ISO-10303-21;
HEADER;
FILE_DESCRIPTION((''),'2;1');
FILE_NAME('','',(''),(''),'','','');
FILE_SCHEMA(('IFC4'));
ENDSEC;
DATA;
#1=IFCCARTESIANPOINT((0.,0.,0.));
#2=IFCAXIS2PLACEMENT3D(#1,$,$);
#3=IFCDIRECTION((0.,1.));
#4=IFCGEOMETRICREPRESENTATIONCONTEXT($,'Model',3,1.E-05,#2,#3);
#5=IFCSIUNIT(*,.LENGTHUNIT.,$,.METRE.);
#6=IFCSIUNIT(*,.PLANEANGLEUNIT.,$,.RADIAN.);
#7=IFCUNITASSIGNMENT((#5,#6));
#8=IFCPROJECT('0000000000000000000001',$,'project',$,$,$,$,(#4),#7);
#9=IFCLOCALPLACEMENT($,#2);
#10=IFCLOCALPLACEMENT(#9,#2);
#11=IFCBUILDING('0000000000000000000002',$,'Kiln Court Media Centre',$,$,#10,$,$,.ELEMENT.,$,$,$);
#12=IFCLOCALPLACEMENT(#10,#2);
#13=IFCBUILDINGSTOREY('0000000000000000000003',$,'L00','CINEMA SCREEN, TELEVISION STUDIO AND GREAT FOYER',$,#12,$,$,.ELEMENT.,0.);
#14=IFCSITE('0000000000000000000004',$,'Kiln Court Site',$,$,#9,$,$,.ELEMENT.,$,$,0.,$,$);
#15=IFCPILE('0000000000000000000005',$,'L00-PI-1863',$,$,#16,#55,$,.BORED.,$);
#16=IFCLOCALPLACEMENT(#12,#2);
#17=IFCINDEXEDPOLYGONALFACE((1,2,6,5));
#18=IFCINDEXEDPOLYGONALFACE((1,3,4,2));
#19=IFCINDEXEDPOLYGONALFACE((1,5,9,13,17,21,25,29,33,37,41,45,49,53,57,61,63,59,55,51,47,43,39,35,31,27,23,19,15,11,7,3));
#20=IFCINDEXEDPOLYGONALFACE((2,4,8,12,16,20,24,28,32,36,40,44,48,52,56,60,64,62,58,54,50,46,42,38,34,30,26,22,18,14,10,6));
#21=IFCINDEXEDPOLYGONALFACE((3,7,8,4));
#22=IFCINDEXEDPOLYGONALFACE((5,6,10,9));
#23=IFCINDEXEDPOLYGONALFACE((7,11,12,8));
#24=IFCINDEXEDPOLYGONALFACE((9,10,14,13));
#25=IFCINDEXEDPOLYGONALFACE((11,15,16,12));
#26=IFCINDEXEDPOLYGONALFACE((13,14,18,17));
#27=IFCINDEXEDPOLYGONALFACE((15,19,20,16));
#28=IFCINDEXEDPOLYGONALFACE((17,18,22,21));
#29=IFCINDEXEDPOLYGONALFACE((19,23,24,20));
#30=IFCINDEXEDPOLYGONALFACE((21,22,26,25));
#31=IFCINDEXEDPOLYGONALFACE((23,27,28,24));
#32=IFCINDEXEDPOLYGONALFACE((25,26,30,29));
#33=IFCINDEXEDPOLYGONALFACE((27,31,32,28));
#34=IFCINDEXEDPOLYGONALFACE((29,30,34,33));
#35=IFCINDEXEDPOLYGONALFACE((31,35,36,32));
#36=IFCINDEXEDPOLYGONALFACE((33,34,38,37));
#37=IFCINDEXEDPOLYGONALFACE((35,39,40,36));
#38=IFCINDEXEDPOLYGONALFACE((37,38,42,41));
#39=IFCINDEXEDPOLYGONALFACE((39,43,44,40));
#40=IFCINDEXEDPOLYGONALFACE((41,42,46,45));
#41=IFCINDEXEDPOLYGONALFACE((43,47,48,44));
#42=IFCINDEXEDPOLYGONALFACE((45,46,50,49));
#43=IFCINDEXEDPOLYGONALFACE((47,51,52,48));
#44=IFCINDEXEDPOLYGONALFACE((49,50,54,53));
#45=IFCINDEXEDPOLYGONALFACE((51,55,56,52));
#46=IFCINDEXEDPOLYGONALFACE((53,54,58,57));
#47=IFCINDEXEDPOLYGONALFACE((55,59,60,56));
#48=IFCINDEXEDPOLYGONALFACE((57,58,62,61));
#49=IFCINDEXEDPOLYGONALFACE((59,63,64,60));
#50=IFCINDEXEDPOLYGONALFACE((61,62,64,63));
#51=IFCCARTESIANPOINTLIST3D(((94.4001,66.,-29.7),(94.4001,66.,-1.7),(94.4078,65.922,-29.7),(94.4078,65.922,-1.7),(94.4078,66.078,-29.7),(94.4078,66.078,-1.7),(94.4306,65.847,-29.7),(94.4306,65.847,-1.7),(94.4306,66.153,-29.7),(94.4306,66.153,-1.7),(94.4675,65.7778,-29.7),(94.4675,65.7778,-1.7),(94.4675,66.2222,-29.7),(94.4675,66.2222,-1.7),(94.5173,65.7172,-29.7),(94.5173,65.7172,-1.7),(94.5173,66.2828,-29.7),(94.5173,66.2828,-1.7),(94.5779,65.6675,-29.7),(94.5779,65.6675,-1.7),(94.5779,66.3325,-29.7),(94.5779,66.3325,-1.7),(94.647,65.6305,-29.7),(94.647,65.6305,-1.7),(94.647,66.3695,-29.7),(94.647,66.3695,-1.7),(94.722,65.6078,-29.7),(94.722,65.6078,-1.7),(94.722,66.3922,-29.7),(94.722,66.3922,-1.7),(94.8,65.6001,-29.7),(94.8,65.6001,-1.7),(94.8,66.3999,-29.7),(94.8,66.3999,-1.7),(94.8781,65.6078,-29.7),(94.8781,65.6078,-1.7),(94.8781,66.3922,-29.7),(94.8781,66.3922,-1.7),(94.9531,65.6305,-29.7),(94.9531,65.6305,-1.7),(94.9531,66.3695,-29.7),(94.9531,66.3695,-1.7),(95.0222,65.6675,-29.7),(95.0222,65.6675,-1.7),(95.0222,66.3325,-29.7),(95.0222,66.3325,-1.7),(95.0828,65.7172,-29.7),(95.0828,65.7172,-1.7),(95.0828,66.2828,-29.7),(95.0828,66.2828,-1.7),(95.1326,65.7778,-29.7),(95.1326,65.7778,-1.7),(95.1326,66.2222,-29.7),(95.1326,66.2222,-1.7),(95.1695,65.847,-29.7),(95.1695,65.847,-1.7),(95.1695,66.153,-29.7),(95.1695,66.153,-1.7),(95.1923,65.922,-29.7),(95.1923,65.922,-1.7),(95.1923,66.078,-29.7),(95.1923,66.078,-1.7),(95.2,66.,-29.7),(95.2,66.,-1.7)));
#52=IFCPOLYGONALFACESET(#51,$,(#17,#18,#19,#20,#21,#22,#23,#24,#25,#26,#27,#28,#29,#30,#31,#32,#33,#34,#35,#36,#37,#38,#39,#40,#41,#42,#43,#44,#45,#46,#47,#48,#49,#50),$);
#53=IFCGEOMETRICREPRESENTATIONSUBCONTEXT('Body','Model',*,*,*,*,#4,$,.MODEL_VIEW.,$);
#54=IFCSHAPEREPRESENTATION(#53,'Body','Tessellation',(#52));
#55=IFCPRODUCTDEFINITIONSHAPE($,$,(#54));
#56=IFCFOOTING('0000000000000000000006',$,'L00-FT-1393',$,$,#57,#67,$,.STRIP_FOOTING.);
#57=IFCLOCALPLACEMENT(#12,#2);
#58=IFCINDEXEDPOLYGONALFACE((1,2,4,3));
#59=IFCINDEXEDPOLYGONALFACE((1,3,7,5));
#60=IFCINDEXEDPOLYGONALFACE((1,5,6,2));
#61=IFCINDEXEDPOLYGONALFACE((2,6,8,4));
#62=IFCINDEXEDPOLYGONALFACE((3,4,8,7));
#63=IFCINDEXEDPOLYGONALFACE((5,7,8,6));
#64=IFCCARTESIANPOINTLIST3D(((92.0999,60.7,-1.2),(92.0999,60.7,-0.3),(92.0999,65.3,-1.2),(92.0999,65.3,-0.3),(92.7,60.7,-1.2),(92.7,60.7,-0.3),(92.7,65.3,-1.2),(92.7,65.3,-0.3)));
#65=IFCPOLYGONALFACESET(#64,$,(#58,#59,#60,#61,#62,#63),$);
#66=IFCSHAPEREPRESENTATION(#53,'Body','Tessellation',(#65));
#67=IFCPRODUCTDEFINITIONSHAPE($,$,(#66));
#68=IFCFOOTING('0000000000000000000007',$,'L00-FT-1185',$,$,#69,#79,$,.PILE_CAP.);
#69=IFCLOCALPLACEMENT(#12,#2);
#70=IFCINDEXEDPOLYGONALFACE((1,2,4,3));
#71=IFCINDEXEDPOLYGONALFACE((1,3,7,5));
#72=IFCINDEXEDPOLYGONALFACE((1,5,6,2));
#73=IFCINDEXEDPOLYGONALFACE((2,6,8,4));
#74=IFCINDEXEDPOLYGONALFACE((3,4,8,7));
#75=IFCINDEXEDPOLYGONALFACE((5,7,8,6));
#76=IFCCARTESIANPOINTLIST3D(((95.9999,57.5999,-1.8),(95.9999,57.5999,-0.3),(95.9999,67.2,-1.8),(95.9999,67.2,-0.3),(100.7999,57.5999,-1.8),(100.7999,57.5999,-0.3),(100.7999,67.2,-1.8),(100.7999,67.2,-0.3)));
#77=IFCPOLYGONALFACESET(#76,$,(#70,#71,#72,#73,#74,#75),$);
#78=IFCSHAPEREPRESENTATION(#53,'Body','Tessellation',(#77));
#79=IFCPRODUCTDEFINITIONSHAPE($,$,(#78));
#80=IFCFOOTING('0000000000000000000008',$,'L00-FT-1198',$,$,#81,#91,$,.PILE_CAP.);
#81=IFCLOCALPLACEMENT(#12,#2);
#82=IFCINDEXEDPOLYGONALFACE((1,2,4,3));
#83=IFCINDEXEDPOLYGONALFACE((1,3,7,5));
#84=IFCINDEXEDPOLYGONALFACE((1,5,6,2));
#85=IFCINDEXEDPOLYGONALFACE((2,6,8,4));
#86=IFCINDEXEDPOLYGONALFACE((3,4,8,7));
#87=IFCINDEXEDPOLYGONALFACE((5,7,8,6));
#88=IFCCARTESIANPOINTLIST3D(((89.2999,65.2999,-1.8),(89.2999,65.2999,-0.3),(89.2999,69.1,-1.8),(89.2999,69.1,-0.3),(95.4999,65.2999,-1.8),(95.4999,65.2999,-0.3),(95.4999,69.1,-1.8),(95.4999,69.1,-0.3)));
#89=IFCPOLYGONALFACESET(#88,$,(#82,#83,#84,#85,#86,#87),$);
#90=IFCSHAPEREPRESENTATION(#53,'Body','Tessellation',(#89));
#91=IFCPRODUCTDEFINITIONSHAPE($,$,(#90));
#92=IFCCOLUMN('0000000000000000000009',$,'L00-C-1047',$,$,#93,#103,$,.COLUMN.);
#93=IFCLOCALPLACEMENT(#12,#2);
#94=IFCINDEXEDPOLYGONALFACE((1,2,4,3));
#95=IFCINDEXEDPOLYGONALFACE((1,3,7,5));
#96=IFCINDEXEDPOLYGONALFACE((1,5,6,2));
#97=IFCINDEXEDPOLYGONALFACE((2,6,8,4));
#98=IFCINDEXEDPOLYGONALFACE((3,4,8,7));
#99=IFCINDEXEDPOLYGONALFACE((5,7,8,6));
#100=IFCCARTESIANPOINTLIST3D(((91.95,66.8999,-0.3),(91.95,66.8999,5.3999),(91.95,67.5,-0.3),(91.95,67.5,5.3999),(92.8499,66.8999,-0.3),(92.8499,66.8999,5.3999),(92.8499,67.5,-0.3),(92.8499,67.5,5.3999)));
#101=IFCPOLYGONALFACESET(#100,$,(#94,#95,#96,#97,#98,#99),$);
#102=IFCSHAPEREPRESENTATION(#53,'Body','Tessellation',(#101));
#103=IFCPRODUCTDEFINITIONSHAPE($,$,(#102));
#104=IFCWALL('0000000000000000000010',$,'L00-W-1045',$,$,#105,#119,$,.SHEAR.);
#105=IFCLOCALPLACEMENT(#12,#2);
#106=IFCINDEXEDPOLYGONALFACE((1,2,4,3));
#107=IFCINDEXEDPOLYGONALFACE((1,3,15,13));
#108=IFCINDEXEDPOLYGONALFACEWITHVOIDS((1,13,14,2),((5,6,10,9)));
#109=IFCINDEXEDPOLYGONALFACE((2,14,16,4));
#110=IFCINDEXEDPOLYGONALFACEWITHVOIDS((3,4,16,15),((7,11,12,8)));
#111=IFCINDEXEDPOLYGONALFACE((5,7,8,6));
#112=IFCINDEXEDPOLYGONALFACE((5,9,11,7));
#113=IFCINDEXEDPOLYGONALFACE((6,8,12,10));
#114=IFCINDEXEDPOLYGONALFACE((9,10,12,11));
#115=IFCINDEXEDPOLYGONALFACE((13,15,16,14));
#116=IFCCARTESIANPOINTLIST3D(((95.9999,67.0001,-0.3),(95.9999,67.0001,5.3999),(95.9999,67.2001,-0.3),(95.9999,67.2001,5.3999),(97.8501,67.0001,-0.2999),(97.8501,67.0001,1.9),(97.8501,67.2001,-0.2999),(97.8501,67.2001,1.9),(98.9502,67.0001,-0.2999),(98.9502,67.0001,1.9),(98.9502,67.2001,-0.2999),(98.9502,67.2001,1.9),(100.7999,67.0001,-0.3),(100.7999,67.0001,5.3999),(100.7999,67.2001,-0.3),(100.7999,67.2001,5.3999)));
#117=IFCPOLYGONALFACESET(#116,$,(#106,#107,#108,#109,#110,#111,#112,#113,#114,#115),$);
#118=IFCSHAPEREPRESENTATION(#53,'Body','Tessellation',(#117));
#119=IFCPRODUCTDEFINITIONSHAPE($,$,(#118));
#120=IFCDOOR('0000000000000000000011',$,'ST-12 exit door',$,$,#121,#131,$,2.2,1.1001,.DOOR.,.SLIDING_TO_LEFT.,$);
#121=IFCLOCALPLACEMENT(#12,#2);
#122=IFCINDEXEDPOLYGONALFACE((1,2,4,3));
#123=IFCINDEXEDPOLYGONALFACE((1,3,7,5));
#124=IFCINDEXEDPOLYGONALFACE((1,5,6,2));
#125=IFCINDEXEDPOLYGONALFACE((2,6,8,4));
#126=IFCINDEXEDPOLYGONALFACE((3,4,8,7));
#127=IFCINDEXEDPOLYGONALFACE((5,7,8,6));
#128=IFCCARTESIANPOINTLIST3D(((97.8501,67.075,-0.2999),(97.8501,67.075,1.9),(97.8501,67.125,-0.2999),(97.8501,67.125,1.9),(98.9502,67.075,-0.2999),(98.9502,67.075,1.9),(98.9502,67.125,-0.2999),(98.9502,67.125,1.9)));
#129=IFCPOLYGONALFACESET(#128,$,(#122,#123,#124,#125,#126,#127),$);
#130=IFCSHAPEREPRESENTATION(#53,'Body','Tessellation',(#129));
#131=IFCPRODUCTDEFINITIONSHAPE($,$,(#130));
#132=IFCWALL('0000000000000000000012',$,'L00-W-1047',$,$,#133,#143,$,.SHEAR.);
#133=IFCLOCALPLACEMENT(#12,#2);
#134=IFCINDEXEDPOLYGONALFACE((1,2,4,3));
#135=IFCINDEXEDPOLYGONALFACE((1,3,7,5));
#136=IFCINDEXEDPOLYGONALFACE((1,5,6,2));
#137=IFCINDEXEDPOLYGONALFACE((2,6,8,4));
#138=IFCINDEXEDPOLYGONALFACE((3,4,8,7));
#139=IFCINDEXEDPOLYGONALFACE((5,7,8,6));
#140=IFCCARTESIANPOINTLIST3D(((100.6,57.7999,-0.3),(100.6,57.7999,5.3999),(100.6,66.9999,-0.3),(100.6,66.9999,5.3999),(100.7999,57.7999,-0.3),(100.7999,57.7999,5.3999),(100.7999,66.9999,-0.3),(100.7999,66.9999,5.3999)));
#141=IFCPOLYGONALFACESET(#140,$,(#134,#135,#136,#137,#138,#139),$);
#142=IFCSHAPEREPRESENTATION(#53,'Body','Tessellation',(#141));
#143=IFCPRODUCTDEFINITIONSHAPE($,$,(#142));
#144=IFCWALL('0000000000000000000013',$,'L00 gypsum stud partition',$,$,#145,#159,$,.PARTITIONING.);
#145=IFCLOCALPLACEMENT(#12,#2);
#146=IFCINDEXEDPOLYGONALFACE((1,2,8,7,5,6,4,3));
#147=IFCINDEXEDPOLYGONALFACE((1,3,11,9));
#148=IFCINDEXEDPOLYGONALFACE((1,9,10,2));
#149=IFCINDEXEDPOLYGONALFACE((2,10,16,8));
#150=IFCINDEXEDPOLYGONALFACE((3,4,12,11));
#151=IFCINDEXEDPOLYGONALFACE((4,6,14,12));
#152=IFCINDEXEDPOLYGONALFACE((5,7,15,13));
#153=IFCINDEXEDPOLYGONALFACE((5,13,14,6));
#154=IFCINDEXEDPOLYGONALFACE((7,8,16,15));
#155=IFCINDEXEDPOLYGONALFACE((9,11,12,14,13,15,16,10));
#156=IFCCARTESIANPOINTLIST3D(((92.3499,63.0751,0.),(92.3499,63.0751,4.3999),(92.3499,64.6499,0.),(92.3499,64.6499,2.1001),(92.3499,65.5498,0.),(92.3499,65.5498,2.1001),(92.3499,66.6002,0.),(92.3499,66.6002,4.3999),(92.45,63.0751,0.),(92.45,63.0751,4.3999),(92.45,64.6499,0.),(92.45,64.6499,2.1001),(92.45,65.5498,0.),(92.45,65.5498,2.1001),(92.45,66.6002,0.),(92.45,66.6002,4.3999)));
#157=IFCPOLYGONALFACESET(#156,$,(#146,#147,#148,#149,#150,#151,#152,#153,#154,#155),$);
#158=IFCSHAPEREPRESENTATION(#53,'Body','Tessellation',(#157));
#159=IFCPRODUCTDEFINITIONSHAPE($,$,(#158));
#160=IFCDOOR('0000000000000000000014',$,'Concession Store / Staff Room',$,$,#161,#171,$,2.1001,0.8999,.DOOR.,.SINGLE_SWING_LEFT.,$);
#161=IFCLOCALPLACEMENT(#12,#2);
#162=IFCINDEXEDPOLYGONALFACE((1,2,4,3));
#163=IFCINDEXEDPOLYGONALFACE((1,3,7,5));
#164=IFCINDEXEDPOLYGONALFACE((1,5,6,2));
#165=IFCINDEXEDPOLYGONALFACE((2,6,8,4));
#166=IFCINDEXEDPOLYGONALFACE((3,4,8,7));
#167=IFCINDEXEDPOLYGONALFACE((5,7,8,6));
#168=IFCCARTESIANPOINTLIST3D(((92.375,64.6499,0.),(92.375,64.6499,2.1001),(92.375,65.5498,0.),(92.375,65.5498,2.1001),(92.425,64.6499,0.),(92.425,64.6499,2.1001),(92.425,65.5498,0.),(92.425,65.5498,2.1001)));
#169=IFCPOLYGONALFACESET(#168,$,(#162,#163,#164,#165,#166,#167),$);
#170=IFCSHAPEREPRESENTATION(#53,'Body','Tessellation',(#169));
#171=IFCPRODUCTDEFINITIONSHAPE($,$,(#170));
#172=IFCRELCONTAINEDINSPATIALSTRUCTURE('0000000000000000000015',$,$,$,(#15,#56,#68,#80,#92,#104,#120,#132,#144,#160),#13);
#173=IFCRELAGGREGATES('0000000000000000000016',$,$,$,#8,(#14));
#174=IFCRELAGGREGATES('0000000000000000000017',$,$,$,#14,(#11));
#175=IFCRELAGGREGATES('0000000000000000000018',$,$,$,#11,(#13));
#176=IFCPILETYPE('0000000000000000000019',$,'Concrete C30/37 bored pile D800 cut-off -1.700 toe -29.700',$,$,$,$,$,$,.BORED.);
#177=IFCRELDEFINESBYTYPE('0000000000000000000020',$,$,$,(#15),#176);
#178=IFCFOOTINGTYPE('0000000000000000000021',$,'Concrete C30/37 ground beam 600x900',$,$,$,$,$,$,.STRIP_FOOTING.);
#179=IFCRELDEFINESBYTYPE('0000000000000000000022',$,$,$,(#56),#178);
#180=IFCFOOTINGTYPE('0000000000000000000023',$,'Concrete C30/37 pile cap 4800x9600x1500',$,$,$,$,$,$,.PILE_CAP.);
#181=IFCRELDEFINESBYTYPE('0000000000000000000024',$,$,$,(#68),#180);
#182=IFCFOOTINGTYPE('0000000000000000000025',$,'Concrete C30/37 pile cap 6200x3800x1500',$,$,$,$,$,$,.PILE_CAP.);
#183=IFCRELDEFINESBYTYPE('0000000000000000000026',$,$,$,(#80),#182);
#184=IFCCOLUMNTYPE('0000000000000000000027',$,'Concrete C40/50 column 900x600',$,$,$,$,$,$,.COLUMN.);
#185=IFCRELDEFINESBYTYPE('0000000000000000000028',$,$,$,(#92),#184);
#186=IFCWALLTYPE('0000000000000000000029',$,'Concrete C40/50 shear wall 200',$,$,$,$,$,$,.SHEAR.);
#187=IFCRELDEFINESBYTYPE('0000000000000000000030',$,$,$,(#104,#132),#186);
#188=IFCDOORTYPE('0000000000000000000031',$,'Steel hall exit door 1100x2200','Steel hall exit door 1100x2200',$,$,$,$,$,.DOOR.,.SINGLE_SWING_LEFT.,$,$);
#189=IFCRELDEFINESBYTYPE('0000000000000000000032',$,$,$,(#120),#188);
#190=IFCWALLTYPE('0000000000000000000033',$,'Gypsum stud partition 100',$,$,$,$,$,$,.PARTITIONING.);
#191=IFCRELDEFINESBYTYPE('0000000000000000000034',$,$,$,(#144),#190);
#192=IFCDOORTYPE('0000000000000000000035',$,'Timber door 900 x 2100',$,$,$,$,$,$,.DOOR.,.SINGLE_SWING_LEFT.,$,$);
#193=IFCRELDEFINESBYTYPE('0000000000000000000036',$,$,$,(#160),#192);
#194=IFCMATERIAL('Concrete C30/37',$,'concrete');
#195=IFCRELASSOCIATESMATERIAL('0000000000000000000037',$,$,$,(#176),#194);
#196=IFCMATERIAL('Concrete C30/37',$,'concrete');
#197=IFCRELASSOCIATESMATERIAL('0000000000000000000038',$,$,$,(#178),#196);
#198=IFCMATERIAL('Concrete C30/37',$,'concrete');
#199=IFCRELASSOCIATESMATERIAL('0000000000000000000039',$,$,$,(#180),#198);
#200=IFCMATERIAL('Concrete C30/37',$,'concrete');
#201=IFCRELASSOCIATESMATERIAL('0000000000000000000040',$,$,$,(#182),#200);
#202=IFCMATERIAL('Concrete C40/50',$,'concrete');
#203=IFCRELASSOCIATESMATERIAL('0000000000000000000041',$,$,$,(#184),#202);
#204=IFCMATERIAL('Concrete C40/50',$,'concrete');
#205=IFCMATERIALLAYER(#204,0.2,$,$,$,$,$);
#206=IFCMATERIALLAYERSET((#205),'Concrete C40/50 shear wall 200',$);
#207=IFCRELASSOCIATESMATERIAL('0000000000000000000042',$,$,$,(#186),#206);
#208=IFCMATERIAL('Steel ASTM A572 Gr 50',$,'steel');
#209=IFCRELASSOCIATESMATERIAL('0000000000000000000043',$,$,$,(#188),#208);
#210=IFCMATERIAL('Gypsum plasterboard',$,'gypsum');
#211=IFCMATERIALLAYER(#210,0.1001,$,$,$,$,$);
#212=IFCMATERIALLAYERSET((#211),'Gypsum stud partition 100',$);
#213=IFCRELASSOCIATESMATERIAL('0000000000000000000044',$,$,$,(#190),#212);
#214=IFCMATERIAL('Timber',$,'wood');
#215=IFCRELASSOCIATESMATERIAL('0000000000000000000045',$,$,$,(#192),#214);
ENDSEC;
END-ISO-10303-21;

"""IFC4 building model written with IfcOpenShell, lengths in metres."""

from ifc_helpers import new_model, si_unit, direction, frame, frame_2d, origin, origin_2d, place, context, subcontext, project, spatial, rectangle, circle, extrude, material, layer, layer_set, material_profile, profile_set, type_object, element, fill, save


model = new_model("IFC4")

# Units and contexts
model_context = context("Model", 3, precision=1e-05, world=origin(), true_north=direction((0.0, 1.0)))
body_context = subcontext(model_context, "Body", "Model", "MODEL_VIEW")
ifc_project = project(units=[si_unit("LENGTHUNIT", "METRE"), si_unit("PLANEANGLEUNIT", "RADIAN")], contexts=[model_context])

# Site, building, storey
site_placement = place(None, origin())
site = spatial("IfcSite", under=ifc_project, at=site_placement, Name="Kiln Court Site", CompositionType="ELEMENT", RefElevation=0.0)
building_placement = place(site_placement, origin())
building = spatial("IfcBuilding", under=site, at=building_placement, Name="Kiln Court Media Centre", CompositionType="ELEMENT")
storey_placement = place(building_placement, origin())
storey = spatial("IfcBuildingStorey", under=building, at=storey_placement, Name="L00", Description="CINEMA SCREEN, TELEVISION STUDIO AND GREAT FOYER", CompositionType="ELEMENT", Elevation=0.0)

# Pile
ifc_material_1 = material(Name="Concrete C30/37", Category="concrete")
ifc_material_profile_1 = material_profile(ifc_material_1, circle(Radius=0.3999, at=origin_2d()), Name="PILE D800")
ifc_profile_set_1 = profile_set([ifc_material_profile_1], Name="Concrete C30/37")
pile_type = type_object("IfcPileType", Name="Concrete C30/37 bored pile D800 cut-off -1.700 toe -29.700", PredefinedType="BORED", material=ifc_profile_set_1)
for number, where, z_axis, x_axis, name in (
    (1, (94.8, 66.0, -1.7), (0.0, 0.0, -1.0), (1.0, 0.0, 0.0), "L00-PI-1863"),
):
    element("IfcPile", number, at=place(storey_placement, frame(where, z_axis=z_axis, x_axis=x_axis)), inside=storey, type_object=pile_type, Name=name, PredefinedType="BORED", context=body_context, shape_type="SweptSolid", body=[
        extrude(circle(Radius=0.3999, at=origin_2d()), origin(), (0.0, 0.0, 1.0), 28.0),
    ])

# Footings
ifc_material_2 = material(Name="Concrete C30/37", Category="concrete")
footing_type_1 = type_object("IfcFootingType", Name="Concrete C30/37 ground beam 600x900", PredefinedType="STRIP_FOOTING", material=ifc_material_2)
footing_1_placement = place(storey_placement, frame((92.3999, 63.0, -1.2), z_axis=(0.0, 0.0, 1.0), x_axis=(1.0, 0.0, 0.0)))
element("IfcFooting", 2, at=footing_1_placement, inside=storey, type_object=footing_type_1, Name="L00-FT-1393", PredefinedType="STRIP_FOOTING", context=body_context, shape_type="SweptSolid", body=[
    extrude(rectangle(XDim=0.6001, YDim=4.6001, at=origin_2d()), origin(), (0.0, 0.0, 1.0), 0.8999),
])
ifc_material_3 = material(Name="Concrete C30/37", Category="concrete")
footing_type_2 = type_object("IfcFootingType", Name="Concrete C30/37 pile cap 4800x9600x1500", PredefinedType="PILE_CAP", material=ifc_material_3)
footing_2_placement = place(storey_placement, frame((98.3999, 62.3999, -1.8), z_axis=(0.0, 0.0, 1.0), x_axis=(1.0, 0.0, 0.0)))
element("IfcFooting", 3, at=footing_2_placement, inside=storey, type_object=footing_type_2, Name="L00-FT-1185", PredefinedType="PILE_CAP", context=body_context, shape_type="SweptSolid", body=[
    extrude(rectangle(XDim=4.8, YDim=9.6001, at=origin_2d()), origin(), (0.0, 0.0, 1.0), 1.5),
])
ifc_material_4 = material(Name="Concrete C30/37", Category="concrete")
footing_type_3 = type_object("IfcFootingType", Name="Concrete C30/37 pile cap 6200x3800x1500", PredefinedType="PILE_CAP", material=ifc_material_4)
footing_3_placement = place(storey_placement, frame((92.3999, 67.2, -1.8), z_axis=(0.0, 0.0, 1.0), x_axis=(1.0, 0.0, 0.0)))
element("IfcFooting", 4, at=footing_3_placement, inside=storey, type_object=footing_type_3, Name="L00-FT-1198", PredefinedType="PILE_CAP", context=body_context, shape_type="SweptSolid", body=[
    extrude(rectangle(XDim=6.2, YDim=3.8, at=origin_2d()), origin(), (0.0, 0.0, 1.0), 1.5),
])

# Column
ifc_material_5 = material(Name="Concrete C40/50", Category="concrete")
ifc_material_profile_2 = material_profile(ifc_material_5, rectangle(XDim=0.8999, YDim=0.6001, at=origin_2d()), Name="RC 900x600")
ifc_profile_set_2 = profile_set([ifc_material_profile_2], Name="Concrete C40/50")
column_type = type_object("IfcColumnType", Name="Concrete C40/50 column 900x600", PredefinedType="COLUMN", material=ifc_profile_set_2)
column_placement = place(storey_placement, frame((92.3999, 67.2, -0.3), z_axis=(0.0, 0.0, 1.0), x_axis=(1.0, 0.0, 0.0)))
element("IfcColumn", 5, at=column_placement, inside=storey, type_object=column_type, Name="L00-C-1047", PredefinedType="COLUMN", context=body_context, shape_type="SweptSolid", body=[
    extrude(rectangle(XDim=0.8999, YDim=0.6001, at=origin_2d()), origin(), (0.0, 0.0, 1.0), 5.7),
])

# Wall, opening, door
ifc_material_6 = material(Name="Concrete C40/50", Category="concrete")
ifc_layer_1 = layer(ifc_material_6, 0.2)
ifc_layer_set_1 = layer_set([ifc_layer_1], Name="Concrete C40/50 shear wall 200")
wall_type_1 = type_object("IfcWallType", Name="Concrete C40/50 shear wall 200", PredefinedType="SHEAR", material=ifc_layer_set_1)
wall_1_placement = place(storey_placement, frame((96.0, 67.1001, -0.3), z_axis=(0.0, 0.0, 1.0), x_axis=(1.0, 0.0, 0.0)))
wall_1 = element("IfcWall", 6, at=wall_1_placement, inside=storey, type_object=wall_type_1, Name="L00-W-1045", PredefinedType="SHEAR", context=body_context, shape_type="SweptSolid", body=[
    extrude(rectangle(XDim=4.8, YDim=0.2, at=frame_2d((2.3999, 0.0))), origin(), (0.0, 0.0, 1.0), 5.7),
])
opening_1_placement = place(wall_1_placement, frame((1.8501, 0.0, 0.0)))
opening_1 = element("IfcOpeningElement", 7, at=opening_1_placement, cuts=wall_1, PredefinedType="OPENING", context=body_context, shape_type="SweptSolid", body=[
    extrude(rectangle(XDim=1.1001, YDim=2.2, at=frame_2d((0.55, 1.1001))), frame((0.0, 0.1099, 0.0), z_axis=(0.0, -1.0, 0.0), x_axis=(1.0, 0.0, 0.0)), (0.0, 0.0, 1.0), 0.22),
])
ifc_material_7 = material(Name="Steel ASTM A572 Gr 50", Category="steel")
door_type_1 = type_object("IfcDoorType", Name="Steel hall exit door 1100x2200", Description="Steel hall exit door 1100x2200", OperationType="SINGLE_SWING_LEFT", PredefinedType="DOOR", material=ifc_material_7)
door_1_placement = place(opening_1_placement, origin())
door_1 = element("IfcDoor", 8, at=door_1_placement, inside=storey, type_object=door_type_1, Name="ST-12 exit door", OperationType="SLIDING_TO_LEFT", OverallHeight=2.2, OverallWidth=1.1001, PredefinedType="DOOR", context=body_context, shape_type="SweptSolid", body=[
    extrude(rectangle(XDim=1.1001, YDim=2.2, at=frame_2d((0.55, 1.1001))), frame((0.0, 0.0249, 0.0), z_axis=(0.0, -1.0, 0.0), x_axis=(1.0, 0.0, 0.0)), (0.0, 0.0, 1.0), 0.05),
])
fill(opening_1, door_1)

# Wall
wall_2_placement = place(storey_placement, frame((100.7, 67.0, -0.3), z_axis=(0.0, 0.0, 1.0), x_axis=(0.0, -1.0, 0.0)))
element("IfcWall", 9, at=wall_2_placement, inside=storey, type_object=wall_type_1, Name="L00-W-1047", PredefinedType="SHEAR", context=body_context, shape_type="SweptSolid", body=[
    extrude(rectangle(XDim=9.2, YDim=0.2, at=frame_2d((4.6001, 0.0))), origin(), (0.0, 0.0, 1.0), 5.7),
])

# Wall, opening, door
ifc_material_8 = material(Name="Gypsum plasterboard", Category="gypsum")
ifc_layer_2 = layer(ifc_material_8, 0.1001)
ifc_layer_set_2 = layer_set([ifc_layer_2], Name="Gypsum stud partition 100")
wall_type_2 = type_object("IfcWallType", Name="Gypsum stud partition 100", PredefinedType="PARTITIONING", material=ifc_layer_set_2)
wall_3_placement = place(storey_placement, frame((92.3999, 63.075, 0.0), z_axis=(0.0, 0.0, 1.0), x_axis=(0.0, 1.0, 0.0)))
wall_3 = element("IfcWall", 10, at=wall_3_placement, inside=storey, type_object=wall_type_2, Name="L00 gypsum stud partition", PredefinedType="PARTITIONING", context=body_context, shape_type="SweptSolid", body=[
    extrude(rectangle(XDim=3.5251, YDim=0.1001, at=frame_2d((1.7627, 0.0))), origin(), (0.0, 0.0, 1.0), 4.3999),
])
opening_2_placement = place(wall_3_placement, frame((1.575, 0.0, 0.0)))
opening_2 = element("IfcOpeningElement", 11, at=opening_2_placement, cuts=wall_3, PredefinedType="OPENING", context=body_context, shape_type="SweptSolid", body=[
    extrude(rectangle(XDim=0.8999, YDim=2.1001, at=frame_2d((0.45, 1.05))), frame((0.0, 0.0601, 0.0), z_axis=(0.0, -1.0, 0.0), x_axis=(1.0, 0.0, 0.0)), (0.0, 0.0, 1.0), 0.1201),
])
ifc_material_9 = material(Name="Timber", Category="wood")
door_type_2 = type_object("IfcDoorType", Name="Timber door 900 x 2100", OperationType="SINGLE_SWING_LEFT", PredefinedType="DOOR", material=ifc_material_9)
door_2_placement = place(opening_2_placement, origin())
door_2 = element("IfcDoor", 12, at=door_2_placement, inside=storey, type_object=door_type_2, Name="Concession Store / Staff Room", OperationType="SINGLE_SWING_LEFT", OverallHeight=2.1001, OverallWidth=0.8999, PredefinedType="DOOR", context=body_context, shape_type="SweptSolid", body=[
    extrude(rectangle(XDim=0.8999, YDim=2.1001, at=frame_2d((0.45, 1.05))), frame((0.0, 0.0249, 0.0), z_axis=(0.0, -1.0, 0.0), x_axis=(1.0, 0.0, 0.0)), (0.0, 0.0, 1.0), 0.05),
])
fill(opening_2, door_2)

save(model, "model.ifc")
